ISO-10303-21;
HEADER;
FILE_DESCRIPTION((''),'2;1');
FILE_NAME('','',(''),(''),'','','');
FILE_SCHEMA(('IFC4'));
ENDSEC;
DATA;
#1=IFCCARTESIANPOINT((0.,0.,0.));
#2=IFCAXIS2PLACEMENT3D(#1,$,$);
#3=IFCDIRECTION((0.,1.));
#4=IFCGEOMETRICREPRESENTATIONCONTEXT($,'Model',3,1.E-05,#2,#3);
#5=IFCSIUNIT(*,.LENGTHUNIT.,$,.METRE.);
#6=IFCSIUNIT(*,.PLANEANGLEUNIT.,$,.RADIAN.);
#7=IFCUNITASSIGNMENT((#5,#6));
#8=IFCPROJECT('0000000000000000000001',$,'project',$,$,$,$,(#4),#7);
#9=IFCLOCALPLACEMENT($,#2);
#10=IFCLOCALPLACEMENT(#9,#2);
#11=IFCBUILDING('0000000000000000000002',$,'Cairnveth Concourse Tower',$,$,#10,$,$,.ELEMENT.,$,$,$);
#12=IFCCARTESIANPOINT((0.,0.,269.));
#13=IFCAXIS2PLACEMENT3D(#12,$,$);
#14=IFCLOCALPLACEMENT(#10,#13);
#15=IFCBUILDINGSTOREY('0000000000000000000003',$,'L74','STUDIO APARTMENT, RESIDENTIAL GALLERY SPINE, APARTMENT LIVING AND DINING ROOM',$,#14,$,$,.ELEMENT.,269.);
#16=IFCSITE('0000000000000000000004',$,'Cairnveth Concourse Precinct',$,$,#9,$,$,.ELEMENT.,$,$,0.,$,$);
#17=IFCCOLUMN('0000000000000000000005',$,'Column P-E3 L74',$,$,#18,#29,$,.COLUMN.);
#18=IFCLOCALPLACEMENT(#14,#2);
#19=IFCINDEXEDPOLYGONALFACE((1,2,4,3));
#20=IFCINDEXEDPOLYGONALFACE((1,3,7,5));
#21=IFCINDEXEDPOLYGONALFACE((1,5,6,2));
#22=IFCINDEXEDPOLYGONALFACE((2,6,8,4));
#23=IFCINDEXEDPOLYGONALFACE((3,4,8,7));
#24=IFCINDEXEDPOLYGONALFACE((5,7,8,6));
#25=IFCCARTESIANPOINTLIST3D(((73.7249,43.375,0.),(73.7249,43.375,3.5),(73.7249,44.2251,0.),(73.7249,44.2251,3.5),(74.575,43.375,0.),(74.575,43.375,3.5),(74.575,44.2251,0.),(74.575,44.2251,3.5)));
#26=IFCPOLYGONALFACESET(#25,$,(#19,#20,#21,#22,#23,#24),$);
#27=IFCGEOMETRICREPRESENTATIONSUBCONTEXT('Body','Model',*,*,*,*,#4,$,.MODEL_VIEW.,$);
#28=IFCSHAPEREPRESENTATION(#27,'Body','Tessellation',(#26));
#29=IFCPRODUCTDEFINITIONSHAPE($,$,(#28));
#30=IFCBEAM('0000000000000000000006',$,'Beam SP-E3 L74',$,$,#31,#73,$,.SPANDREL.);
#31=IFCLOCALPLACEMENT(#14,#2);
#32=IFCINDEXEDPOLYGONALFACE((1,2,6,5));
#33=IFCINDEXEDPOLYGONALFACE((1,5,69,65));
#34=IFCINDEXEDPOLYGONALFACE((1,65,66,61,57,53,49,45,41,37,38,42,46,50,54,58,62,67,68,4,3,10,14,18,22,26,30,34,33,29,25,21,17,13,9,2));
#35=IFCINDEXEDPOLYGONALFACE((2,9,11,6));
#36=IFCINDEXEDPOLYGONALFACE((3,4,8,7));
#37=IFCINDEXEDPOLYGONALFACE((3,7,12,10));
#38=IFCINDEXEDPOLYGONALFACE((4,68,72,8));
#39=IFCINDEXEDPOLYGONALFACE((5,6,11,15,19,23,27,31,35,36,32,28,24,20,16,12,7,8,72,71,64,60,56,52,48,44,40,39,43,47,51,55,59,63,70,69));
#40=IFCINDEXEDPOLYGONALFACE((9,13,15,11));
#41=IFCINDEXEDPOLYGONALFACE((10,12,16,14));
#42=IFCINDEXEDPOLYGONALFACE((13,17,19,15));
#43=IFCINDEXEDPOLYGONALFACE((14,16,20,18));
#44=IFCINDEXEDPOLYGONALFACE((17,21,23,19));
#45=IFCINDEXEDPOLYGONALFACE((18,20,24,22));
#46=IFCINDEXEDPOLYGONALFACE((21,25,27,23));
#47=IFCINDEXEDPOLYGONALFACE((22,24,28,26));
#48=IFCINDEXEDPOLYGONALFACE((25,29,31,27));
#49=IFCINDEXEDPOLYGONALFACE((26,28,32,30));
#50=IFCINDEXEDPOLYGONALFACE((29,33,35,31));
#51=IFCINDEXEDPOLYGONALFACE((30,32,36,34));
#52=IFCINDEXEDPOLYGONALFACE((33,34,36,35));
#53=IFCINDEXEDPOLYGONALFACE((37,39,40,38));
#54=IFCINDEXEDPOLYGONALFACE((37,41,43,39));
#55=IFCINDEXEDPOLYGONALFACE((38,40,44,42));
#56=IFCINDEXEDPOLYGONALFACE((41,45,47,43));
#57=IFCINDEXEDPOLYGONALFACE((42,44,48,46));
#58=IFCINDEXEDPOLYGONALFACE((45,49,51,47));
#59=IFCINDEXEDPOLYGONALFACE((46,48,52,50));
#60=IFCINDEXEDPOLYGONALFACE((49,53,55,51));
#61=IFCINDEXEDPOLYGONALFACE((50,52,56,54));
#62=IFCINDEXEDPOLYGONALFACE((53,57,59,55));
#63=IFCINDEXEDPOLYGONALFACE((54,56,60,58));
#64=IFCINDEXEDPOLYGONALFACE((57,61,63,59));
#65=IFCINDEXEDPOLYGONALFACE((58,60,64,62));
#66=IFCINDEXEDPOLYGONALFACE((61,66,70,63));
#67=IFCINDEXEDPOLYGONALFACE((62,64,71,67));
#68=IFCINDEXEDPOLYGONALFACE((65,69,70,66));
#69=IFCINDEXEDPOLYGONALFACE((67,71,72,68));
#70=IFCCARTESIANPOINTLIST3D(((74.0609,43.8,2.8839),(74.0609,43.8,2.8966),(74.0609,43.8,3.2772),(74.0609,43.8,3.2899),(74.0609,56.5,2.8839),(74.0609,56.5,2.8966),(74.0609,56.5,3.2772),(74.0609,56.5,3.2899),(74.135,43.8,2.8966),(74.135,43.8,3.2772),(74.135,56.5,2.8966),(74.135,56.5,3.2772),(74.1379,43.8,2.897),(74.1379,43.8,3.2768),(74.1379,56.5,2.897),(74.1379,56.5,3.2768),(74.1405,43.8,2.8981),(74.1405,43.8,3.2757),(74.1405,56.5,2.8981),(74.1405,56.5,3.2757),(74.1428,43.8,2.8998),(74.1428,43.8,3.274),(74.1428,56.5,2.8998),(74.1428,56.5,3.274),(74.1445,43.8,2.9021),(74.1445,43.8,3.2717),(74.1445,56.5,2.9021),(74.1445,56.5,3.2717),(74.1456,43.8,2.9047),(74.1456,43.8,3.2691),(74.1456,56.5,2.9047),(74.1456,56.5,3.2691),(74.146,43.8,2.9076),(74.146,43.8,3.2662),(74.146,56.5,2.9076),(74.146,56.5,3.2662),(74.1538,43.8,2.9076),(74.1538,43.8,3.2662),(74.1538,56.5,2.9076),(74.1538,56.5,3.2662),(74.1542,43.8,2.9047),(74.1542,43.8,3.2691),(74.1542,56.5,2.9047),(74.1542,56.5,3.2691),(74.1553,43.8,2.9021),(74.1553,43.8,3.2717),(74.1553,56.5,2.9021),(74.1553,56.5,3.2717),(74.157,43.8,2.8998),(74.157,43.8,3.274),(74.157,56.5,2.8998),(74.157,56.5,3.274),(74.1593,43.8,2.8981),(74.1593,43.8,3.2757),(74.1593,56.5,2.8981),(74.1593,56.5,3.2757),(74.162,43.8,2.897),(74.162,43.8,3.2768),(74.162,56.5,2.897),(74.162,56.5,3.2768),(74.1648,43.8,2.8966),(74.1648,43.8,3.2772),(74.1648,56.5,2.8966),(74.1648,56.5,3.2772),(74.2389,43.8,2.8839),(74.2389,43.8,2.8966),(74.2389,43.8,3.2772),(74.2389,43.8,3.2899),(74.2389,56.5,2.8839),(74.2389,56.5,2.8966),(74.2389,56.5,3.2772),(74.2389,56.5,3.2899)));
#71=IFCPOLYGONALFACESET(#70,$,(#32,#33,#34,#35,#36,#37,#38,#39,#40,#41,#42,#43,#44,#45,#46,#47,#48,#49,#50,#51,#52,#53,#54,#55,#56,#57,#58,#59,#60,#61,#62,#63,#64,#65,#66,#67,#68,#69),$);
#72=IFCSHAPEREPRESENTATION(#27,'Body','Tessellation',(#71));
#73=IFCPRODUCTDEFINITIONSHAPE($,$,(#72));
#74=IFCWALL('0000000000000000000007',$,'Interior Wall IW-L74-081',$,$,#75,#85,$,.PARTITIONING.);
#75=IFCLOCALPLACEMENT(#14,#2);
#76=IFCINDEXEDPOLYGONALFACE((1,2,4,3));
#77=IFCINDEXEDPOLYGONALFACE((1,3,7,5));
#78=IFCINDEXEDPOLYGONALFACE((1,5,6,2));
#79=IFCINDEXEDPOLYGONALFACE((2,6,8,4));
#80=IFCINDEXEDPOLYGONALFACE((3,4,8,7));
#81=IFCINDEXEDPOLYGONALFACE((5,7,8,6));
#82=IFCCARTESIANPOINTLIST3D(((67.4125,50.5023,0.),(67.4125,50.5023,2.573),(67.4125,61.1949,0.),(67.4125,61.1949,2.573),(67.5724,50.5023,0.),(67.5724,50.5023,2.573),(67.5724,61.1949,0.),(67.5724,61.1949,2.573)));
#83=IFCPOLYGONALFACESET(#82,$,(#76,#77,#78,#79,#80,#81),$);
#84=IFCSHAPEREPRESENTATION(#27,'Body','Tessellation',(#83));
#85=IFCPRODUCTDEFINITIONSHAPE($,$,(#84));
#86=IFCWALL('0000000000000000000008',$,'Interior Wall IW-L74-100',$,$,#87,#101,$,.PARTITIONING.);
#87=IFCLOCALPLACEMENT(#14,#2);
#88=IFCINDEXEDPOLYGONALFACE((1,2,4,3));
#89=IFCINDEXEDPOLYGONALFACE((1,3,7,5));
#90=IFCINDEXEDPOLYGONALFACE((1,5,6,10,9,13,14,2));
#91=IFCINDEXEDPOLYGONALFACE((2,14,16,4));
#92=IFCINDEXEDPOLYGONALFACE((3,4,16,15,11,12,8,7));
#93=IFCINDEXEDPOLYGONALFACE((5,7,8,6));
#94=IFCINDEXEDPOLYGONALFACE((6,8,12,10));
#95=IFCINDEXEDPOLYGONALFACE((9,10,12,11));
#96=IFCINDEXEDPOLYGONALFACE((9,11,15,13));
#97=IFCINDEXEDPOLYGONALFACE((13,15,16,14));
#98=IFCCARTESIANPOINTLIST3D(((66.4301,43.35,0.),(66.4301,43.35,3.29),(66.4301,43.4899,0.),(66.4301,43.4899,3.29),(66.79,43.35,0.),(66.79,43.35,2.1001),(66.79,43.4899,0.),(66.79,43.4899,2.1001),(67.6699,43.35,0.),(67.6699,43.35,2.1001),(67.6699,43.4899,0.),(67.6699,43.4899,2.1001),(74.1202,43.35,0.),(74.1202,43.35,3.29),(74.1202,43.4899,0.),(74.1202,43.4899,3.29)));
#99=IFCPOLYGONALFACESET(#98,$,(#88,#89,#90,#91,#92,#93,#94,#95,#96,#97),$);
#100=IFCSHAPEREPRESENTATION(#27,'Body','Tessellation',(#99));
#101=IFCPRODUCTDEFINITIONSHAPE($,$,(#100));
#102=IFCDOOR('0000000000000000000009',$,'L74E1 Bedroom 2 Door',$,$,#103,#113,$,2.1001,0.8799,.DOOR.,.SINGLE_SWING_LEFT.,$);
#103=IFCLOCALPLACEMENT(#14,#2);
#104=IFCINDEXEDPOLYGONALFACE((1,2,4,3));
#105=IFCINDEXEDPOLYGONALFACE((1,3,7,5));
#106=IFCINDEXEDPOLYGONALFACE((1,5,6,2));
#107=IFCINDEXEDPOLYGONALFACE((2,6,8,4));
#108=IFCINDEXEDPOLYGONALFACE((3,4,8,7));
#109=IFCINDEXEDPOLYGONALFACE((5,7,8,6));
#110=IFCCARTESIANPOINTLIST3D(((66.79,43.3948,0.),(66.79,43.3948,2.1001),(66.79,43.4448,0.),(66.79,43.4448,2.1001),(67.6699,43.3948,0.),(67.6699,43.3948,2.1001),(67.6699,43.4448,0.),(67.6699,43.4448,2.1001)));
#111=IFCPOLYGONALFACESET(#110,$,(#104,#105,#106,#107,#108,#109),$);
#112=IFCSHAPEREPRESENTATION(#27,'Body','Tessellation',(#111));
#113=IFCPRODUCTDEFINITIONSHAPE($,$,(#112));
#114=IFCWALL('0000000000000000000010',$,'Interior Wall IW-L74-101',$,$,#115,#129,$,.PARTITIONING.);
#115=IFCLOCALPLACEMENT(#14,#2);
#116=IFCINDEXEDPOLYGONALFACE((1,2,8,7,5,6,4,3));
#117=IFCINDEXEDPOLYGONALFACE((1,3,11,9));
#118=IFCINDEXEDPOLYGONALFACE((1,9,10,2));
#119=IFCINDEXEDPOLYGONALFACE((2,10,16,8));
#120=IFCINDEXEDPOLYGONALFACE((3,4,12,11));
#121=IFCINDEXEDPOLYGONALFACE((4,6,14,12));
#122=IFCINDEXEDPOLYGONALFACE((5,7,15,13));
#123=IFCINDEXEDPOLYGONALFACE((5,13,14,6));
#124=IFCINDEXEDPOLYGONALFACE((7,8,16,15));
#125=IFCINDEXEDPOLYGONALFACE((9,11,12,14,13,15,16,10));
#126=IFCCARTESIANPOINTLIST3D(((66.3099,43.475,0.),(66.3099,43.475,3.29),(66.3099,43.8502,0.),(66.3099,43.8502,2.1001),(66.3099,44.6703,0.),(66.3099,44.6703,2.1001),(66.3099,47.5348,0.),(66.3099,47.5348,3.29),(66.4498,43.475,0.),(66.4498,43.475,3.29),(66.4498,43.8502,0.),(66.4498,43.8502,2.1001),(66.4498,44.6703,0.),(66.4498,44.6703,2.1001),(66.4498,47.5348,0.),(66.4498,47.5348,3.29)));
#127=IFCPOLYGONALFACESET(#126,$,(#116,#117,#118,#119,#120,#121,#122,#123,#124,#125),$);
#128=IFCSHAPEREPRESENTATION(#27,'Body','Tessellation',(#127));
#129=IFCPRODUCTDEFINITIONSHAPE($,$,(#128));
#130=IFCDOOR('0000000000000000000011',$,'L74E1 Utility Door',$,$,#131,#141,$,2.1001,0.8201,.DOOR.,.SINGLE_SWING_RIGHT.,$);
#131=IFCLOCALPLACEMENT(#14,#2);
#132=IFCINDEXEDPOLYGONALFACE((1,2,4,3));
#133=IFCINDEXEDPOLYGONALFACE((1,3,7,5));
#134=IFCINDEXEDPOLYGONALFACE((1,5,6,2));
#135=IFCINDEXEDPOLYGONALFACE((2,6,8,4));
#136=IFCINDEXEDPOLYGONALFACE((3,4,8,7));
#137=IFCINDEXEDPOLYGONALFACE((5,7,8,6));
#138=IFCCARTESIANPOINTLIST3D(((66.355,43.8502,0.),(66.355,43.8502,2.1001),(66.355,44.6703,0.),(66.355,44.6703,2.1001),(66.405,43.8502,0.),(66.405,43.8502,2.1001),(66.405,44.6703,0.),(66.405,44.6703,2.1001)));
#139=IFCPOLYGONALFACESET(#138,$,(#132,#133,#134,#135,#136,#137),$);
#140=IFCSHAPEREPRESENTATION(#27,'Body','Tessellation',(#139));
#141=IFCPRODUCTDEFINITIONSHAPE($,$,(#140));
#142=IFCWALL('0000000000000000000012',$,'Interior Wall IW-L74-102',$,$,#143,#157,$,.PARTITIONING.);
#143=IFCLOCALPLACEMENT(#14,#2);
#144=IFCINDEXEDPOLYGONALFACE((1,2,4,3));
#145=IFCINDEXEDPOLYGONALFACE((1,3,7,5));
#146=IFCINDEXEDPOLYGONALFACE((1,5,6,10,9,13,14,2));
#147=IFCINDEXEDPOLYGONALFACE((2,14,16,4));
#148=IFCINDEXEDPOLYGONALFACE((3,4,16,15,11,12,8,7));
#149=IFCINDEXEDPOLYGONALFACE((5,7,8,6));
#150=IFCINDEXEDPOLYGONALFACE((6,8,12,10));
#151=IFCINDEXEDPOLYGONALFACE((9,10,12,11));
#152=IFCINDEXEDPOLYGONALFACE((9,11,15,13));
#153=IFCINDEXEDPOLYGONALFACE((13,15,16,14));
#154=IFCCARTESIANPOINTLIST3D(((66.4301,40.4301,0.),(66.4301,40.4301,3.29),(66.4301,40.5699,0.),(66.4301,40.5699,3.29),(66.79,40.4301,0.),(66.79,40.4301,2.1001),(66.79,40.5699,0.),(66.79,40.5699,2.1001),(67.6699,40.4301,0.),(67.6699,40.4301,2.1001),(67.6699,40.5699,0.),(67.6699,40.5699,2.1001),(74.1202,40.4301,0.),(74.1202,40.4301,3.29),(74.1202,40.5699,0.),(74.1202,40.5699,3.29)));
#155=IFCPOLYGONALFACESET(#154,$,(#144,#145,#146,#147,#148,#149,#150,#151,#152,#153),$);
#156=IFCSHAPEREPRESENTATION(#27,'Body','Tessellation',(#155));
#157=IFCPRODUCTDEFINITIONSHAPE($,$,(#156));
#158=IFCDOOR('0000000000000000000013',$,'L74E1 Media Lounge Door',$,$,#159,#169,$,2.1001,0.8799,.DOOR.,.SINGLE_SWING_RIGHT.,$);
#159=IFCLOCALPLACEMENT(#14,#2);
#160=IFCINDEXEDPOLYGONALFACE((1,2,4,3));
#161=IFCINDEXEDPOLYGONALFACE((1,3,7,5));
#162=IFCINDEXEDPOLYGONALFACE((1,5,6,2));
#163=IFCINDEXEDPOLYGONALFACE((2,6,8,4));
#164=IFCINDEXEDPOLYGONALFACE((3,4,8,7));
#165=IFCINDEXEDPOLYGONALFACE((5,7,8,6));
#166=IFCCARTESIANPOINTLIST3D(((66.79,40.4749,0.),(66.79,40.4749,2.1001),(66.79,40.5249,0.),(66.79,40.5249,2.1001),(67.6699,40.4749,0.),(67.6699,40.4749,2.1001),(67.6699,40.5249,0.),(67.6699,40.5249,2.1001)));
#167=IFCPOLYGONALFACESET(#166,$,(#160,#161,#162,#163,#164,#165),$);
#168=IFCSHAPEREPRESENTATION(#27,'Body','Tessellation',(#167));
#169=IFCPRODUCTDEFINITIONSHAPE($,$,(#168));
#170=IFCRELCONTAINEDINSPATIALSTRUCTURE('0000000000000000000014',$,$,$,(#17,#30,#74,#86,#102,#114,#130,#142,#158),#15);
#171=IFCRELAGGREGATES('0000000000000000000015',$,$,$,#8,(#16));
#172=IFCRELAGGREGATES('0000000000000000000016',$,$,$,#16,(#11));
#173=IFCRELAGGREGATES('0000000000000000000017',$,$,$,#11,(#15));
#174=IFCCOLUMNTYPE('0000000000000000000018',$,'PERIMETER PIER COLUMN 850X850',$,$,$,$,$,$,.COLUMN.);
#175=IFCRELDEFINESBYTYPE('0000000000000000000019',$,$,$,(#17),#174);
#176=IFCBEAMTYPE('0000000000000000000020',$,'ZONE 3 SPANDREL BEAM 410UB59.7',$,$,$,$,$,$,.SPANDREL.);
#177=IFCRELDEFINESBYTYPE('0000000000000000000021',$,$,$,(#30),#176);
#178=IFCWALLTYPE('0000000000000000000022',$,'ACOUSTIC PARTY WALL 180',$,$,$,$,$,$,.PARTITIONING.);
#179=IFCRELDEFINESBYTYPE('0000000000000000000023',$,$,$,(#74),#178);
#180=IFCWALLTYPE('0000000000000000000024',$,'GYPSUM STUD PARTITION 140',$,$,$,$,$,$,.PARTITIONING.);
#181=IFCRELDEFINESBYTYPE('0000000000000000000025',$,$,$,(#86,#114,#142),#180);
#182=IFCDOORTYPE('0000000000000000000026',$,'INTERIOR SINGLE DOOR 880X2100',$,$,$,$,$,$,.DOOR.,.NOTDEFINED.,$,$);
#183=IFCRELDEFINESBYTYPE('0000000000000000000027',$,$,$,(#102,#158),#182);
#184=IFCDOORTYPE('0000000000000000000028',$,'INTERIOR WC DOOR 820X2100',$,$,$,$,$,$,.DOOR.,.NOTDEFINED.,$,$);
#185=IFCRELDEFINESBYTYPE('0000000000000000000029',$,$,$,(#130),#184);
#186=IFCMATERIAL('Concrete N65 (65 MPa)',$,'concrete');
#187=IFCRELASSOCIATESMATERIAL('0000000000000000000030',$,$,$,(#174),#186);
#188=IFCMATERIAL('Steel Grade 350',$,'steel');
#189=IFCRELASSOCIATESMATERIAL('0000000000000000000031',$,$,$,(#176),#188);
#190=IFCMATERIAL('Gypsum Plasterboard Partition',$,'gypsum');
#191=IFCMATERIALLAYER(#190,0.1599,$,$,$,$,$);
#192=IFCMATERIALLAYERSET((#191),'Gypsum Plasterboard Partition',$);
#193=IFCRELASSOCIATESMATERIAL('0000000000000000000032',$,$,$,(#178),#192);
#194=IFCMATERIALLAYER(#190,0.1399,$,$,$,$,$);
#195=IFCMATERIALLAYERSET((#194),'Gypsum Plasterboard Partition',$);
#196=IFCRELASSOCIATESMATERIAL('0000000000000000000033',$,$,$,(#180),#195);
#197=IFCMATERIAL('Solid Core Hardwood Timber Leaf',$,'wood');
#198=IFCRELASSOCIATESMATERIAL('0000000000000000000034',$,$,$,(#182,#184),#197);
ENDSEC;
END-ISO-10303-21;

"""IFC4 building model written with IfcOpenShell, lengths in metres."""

from ifc_helpers import new_model, si_unit, direction, frame, frame_2d, origin, origin_2d, place, context, subcontext, project, spatial, rectangle, i_section, extrude, material, layer, layer_set, material_profile, profile_set, type_object, element, fill, save


model = new_model("IFC4")

# Units and contexts
model_context = context("Model", 3, precision=1e-05, world=origin(), true_north=direction((0.0, 1.0)))
body_context = subcontext(model_context, "Body", "Model", "MODEL_VIEW")
ifc_project = project(units=[si_unit("LENGTHUNIT", "METRE"), si_unit("PLANEANGLEUNIT", "RADIAN")], contexts=[model_context])

# Site, building, storey
site_placement = place(None, origin())
site = spatial("IfcSite", under=ifc_project, at=site_placement, Name="Cairnveth Concourse Precinct", CompositionType="ELEMENT", RefElevation=0.0)
building_placement = place(site_placement, origin())
building = spatial("IfcBuilding", under=site, at=building_placement, Name="Cairnveth Concourse Tower", CompositionType="ELEMENT")
storey_placement = place(building_placement, frame((0.0, 0.0, 269.0)))
storey = spatial("IfcBuildingStorey", under=building, at=storey_placement, Name="L74", Description="STUDIO APARTMENT, RESIDENTIAL GALLERY SPINE, APARTMENT LIVING AND DINING ROOM", CompositionType="ELEMENT", Elevation=269.0)

# Column
ifc_material_1 = material(Name="Concrete N65 (65 MPa)", Category="concrete")
ifc_material_profile_1 = material_profile(ifc_material_1, rectangle(XDim=0.8501, YDim=0.8501, at=origin_2d()), Name="RC-COL-850x850")
ifc_profile_set_1 = profile_set([ifc_material_profile_1], Name="Concrete N65 (65 MPa)")
column_type = type_object("IfcColumnType", Name="PERIMETER PIER COLUMN 850X850", PredefinedType="COLUMN", material=ifc_profile_set_1)
column_placement = place(storey_placement, frame((74.1499, 43.8, 0.0), z_axis=(0.0, 0.0, 1.0), x_axis=(0.0, 1.0, 0.0)))
element("IfcColumn", 1, at=column_placement, inside=storey, type_object=column_type, Name="Column P-E3 L74", PredefinedType="COLUMN", context=body_context, shape_type="SweptSolid", body=[
    extrude(rectangle(XDim=0.8501, YDim=0.8501, at=origin_2d()), origin(), (0.0, 0.0, 1.0), 3.5),
])

# Beam
ifc_material_2 = material(Name="Steel Grade 350", Category="steel")
ifc_material_profile_2 = material_profile(ifc_material_2, i_section(OverallWidth=0.178, OverallDepth=0.406, WebThickness=0.0078, FlangeThickness=0.0127, FilletRadius=0.011, at=origin_2d()), Name="410UB59.7")
ifc_profile_set_2 = profile_set([ifc_material_profile_2], Name="Steel Grade 350")
beam_type = type_object("IfcBeamType", Name="ZONE 3 SPANDREL BEAM 410UB59.7", PredefinedType="SPANDREL", material=ifc_profile_set_2)
beam_placement = place(storey_placement, frame((74.1499, 43.8, 3.0869), z_axis=(0.0, 1.0, 0.0), x_axis=(-1.0, 0.0, 0.0)))
element("IfcBeam", 2, at=beam_placement, inside=storey, type_object=beam_type, Name="Beam SP-E3 L74", PredefinedType="SPANDREL", context=body_context, shape_type="SweptSolid", body=[
    extrude(i_section(OverallWidth=0.178, OverallDepth=0.406, WebThickness=0.0078, FlangeThickness=0.0127, FilletRadius=0.011, at=origin_2d()), origin(), (0.0, 0.0, 1.0), 12.7),
])

# Wall
ifc_material_3 = material(Name="Gypsum Plasterboard Partition", Category="gypsum")
ifc_layer_1 = layer(ifc_material_3, 0.1599)
ifc_layer_set_1 = layer_set([ifc_layer_1], Name="Gypsum Plasterboard Partition")
wall_type_1 = type_object("IfcWallType", Name="ACOUSTIC PARTY WALL 180", PredefinedType="PARTITIONING", material=ifc_layer_set_1)
wall_1_placement = place(storey_placement, frame((67.4924, 50.5024, 0.0), z_axis=(0.0, 0.0, 1.0), x_axis=(0.0, 1.0, 0.0)))
element("IfcWall", 3, at=wall_1_placement, inside=storey, type_object=wall_type_1, Name="Interior Wall IW-L74-081", PredefinedType="PARTITIONING", context=body_context, shape_type="SweptSolid", body=[
    extrude(rectangle(XDim=10.6926, YDim=0.1599, at=frame_2d((5.3462, 0.0))), origin(), (0.0, 0.0, 1.0), 2.573),
])

# Walls, openings, doors
ifc_layer_2 = layer(ifc_material_3, 0.1399)
ifc_layer_set_2 = layer_set([ifc_layer_2], Name="Gypsum Plasterboard Partition")
wall_type_2 = type_object("IfcWallType", Name="GYPSUM STUD PARTITION 140", PredefinedType="PARTITIONING", material=ifc_layer_set_2)
wall_2_placement = place(storey_placement, frame((66.4299, 43.4199, 0.0), z_axis=(0.0, 0.0, 1.0), x_axis=(1.0, 0.0, 0.0)))
wall_2 = element("IfcWall", 4, at=wall_2_placement, inside=storey, type_object=wall_type_2, Name="Interior Wall IW-L74-100", PredefinedType="PARTITIONING", context=body_context, shape_type="SweptSolid", body=[
    extrude(rectangle(XDim=7.6902, YDim=0.1399, at=frame_2d((3.8452, 0.0))), origin(), (0.0, 0.0, 1.0), 3.29),
])
opening_1_placement = place(wall_2_placement, frame((0.3601, 0.0, 0.0)))
opening_1 = element("IfcOpeningElement", 5, at=opening_1_placement, cuts=wall_2, PredefinedType="OPENING", context=body_context, shape_type="SweptSolid", body=[
    extrude(rectangle(XDim=0.8799, YDim=2.1001, at=frame_2d((0.4399, 1.05))), frame((0.0, 0.0798, 0.0), z_axis=(0.0, -1.0, 0.0), x_axis=(1.0, 0.0, 0.0)), (0.0, 0.0, 1.0), 0.1599),
])
ifc_material_4 = material(Name="Solid Core Hardwood Timber Leaf", Category="wood")
door_type_1 = type_object("IfcDoorType", Name="INTERIOR SINGLE DOOR 880X2100", OperationType="NOTDEFINED", PredefinedType="DOOR", material=ifc_material_4)
door_1_placement = place(opening_1_placement, origin())
door_1 = element("IfcDoor", 6, at=door_1_placement, inside=storey, type_object=door_type_1, Name="L74E1 Bedroom 2 Door", OperationType="SINGLE_SWING_LEFT", OverallHeight=2.1001, OverallWidth=0.8799, PredefinedType="DOOR", context=body_context, shape_type="SweptSolid", body=[
    extrude(rectangle(XDim=0.8799, YDim=2.1001, at=frame_2d((0.4399, 1.05))), frame((0.0, 0.0249, 0.0), z_axis=(0.0, -1.0, 0.0), x_axis=(1.0, 0.0, 0.0)), (0.0, 0.0, 1.0), 0.05),
])
fill(opening_1, door_1)
wall_3_placement = place(storey_placement, frame((66.3799, 43.4751, 0.0), z_axis=(0.0, 0.0, 1.0), x_axis=(0.0, 1.0, 0.0)))
wall_3 = element("IfcWall", 7, at=wall_3_placement, inside=storey, type_object=wall_type_2, Name="Interior Wall IW-L74-101", PredefinedType="PARTITIONING", context=body_context, shape_type="SweptSolid", body=[
    extrude(rectangle(XDim=4.0598, YDim=0.1399, at=frame_2d((2.0298, 0.0))), origin(), (0.0, 0.0, 1.0), 3.29),
])
opening_2_placement = place(wall_3_placement, frame((0.375, 0.0, 0.0)))
opening_2 = element("IfcOpeningElement", 8, at=opening_2_placement, cuts=wall_3, PredefinedType="OPENING", context=body_context, shape_type="SweptSolid", body=[
    extrude(rectangle(XDim=0.8201, YDim=2.1001, at=frame_2d((0.4102, 1.05))), frame((0.0, 0.0798, 0.0), z_axis=(0.0, -1.0, 0.0), x_axis=(1.0, 0.0, 0.0)), (0.0, 0.0, 1.0), 0.1599),
])
door_type_2 = type_object("IfcDoorType", Name="INTERIOR WC DOOR 820X2100", OperationType="NOTDEFINED", PredefinedType="DOOR", material=ifc_material_4)
door_2_placement = place(opening_2_placement, origin())
door_2 = element("IfcDoor", 9, at=door_2_placement, inside=storey, type_object=door_type_2, Name="L74E1 Utility Door", OperationType="SINGLE_SWING_RIGHT", OverallHeight=2.1001, OverallWidth=0.8201, PredefinedType="DOOR", context=body_context, shape_type="SweptSolid", body=[
    extrude(rectangle(XDim=0.8201, YDim=2.1001, at=frame_2d((0.4102, 1.05))), frame((0.0, 0.0249, 0.0), z_axis=(0.0, -1.0, 0.0), x_axis=(1.0, 0.0, 0.0)), (0.0, 0.0, 1.0), 0.05),
])
fill(opening_2, door_2)
wall_4_placement = place(storey_placement, frame((66.4299, 40.5, 0.0), z_axis=(0.0, 0.0, 1.0), x_axis=(1.0, 0.0, 0.0)))
wall_4 = element("IfcWall", 10, at=wall_4_placement, inside=storey, type_object=wall_type_2, Name="Interior Wall IW-L74-102", PredefinedType="PARTITIONING", context=body_context, shape_type="SweptSolid", body=[
    extrude(rectangle(XDim=7.6902, YDim=0.1399, at=frame_2d((3.8452, 0.0))), origin(), (0.0, 0.0, 1.0), 3.29),
])
opening_3_placement = place(wall_4_placement, frame((0.3601, 0.0, 0.0)))
opening_3 = element("IfcOpeningElement", 11, at=opening_3_placement, cuts=wall_4, PredefinedType="OPENING", context=body_context, shape_type="SweptSolid", body=[
    extrude(rectangle(XDim=0.8799, YDim=2.1001, at=frame_2d((0.4399, 1.05))), frame((0.0, 0.0798, 0.0), z_axis=(0.0, -1.0, 0.0), x_axis=(1.0, 0.0, 0.0)), (0.0, 0.0, 1.0), 0.1599),
])
door_3_placement = place(opening_3_placement, origin())
door_3 = element("IfcDoor", 12, at=door_3_placement, inside=storey, type_object=door_type_1, Name="L74E1 Media Lounge Door", OperationType="SINGLE_SWING_RIGHT", OverallHeight=2.1001, OverallWidth=0.8799, PredefinedType="DOOR", context=body_context, shape_type="SweptSolid", body=[
    extrude(rectangle(XDim=0.8799, YDim=2.1001, at=frame_2d((0.4399, 1.05))), frame((0.0, 0.0249, 0.0), z_axis=(0.0, -1.0, 0.0), x_axis=(1.0, 0.0, 0.0)), (0.0, 0.0, 1.0), 0.05),
])
fill(opening_3, door_3)

save(model, "model.ifc")
